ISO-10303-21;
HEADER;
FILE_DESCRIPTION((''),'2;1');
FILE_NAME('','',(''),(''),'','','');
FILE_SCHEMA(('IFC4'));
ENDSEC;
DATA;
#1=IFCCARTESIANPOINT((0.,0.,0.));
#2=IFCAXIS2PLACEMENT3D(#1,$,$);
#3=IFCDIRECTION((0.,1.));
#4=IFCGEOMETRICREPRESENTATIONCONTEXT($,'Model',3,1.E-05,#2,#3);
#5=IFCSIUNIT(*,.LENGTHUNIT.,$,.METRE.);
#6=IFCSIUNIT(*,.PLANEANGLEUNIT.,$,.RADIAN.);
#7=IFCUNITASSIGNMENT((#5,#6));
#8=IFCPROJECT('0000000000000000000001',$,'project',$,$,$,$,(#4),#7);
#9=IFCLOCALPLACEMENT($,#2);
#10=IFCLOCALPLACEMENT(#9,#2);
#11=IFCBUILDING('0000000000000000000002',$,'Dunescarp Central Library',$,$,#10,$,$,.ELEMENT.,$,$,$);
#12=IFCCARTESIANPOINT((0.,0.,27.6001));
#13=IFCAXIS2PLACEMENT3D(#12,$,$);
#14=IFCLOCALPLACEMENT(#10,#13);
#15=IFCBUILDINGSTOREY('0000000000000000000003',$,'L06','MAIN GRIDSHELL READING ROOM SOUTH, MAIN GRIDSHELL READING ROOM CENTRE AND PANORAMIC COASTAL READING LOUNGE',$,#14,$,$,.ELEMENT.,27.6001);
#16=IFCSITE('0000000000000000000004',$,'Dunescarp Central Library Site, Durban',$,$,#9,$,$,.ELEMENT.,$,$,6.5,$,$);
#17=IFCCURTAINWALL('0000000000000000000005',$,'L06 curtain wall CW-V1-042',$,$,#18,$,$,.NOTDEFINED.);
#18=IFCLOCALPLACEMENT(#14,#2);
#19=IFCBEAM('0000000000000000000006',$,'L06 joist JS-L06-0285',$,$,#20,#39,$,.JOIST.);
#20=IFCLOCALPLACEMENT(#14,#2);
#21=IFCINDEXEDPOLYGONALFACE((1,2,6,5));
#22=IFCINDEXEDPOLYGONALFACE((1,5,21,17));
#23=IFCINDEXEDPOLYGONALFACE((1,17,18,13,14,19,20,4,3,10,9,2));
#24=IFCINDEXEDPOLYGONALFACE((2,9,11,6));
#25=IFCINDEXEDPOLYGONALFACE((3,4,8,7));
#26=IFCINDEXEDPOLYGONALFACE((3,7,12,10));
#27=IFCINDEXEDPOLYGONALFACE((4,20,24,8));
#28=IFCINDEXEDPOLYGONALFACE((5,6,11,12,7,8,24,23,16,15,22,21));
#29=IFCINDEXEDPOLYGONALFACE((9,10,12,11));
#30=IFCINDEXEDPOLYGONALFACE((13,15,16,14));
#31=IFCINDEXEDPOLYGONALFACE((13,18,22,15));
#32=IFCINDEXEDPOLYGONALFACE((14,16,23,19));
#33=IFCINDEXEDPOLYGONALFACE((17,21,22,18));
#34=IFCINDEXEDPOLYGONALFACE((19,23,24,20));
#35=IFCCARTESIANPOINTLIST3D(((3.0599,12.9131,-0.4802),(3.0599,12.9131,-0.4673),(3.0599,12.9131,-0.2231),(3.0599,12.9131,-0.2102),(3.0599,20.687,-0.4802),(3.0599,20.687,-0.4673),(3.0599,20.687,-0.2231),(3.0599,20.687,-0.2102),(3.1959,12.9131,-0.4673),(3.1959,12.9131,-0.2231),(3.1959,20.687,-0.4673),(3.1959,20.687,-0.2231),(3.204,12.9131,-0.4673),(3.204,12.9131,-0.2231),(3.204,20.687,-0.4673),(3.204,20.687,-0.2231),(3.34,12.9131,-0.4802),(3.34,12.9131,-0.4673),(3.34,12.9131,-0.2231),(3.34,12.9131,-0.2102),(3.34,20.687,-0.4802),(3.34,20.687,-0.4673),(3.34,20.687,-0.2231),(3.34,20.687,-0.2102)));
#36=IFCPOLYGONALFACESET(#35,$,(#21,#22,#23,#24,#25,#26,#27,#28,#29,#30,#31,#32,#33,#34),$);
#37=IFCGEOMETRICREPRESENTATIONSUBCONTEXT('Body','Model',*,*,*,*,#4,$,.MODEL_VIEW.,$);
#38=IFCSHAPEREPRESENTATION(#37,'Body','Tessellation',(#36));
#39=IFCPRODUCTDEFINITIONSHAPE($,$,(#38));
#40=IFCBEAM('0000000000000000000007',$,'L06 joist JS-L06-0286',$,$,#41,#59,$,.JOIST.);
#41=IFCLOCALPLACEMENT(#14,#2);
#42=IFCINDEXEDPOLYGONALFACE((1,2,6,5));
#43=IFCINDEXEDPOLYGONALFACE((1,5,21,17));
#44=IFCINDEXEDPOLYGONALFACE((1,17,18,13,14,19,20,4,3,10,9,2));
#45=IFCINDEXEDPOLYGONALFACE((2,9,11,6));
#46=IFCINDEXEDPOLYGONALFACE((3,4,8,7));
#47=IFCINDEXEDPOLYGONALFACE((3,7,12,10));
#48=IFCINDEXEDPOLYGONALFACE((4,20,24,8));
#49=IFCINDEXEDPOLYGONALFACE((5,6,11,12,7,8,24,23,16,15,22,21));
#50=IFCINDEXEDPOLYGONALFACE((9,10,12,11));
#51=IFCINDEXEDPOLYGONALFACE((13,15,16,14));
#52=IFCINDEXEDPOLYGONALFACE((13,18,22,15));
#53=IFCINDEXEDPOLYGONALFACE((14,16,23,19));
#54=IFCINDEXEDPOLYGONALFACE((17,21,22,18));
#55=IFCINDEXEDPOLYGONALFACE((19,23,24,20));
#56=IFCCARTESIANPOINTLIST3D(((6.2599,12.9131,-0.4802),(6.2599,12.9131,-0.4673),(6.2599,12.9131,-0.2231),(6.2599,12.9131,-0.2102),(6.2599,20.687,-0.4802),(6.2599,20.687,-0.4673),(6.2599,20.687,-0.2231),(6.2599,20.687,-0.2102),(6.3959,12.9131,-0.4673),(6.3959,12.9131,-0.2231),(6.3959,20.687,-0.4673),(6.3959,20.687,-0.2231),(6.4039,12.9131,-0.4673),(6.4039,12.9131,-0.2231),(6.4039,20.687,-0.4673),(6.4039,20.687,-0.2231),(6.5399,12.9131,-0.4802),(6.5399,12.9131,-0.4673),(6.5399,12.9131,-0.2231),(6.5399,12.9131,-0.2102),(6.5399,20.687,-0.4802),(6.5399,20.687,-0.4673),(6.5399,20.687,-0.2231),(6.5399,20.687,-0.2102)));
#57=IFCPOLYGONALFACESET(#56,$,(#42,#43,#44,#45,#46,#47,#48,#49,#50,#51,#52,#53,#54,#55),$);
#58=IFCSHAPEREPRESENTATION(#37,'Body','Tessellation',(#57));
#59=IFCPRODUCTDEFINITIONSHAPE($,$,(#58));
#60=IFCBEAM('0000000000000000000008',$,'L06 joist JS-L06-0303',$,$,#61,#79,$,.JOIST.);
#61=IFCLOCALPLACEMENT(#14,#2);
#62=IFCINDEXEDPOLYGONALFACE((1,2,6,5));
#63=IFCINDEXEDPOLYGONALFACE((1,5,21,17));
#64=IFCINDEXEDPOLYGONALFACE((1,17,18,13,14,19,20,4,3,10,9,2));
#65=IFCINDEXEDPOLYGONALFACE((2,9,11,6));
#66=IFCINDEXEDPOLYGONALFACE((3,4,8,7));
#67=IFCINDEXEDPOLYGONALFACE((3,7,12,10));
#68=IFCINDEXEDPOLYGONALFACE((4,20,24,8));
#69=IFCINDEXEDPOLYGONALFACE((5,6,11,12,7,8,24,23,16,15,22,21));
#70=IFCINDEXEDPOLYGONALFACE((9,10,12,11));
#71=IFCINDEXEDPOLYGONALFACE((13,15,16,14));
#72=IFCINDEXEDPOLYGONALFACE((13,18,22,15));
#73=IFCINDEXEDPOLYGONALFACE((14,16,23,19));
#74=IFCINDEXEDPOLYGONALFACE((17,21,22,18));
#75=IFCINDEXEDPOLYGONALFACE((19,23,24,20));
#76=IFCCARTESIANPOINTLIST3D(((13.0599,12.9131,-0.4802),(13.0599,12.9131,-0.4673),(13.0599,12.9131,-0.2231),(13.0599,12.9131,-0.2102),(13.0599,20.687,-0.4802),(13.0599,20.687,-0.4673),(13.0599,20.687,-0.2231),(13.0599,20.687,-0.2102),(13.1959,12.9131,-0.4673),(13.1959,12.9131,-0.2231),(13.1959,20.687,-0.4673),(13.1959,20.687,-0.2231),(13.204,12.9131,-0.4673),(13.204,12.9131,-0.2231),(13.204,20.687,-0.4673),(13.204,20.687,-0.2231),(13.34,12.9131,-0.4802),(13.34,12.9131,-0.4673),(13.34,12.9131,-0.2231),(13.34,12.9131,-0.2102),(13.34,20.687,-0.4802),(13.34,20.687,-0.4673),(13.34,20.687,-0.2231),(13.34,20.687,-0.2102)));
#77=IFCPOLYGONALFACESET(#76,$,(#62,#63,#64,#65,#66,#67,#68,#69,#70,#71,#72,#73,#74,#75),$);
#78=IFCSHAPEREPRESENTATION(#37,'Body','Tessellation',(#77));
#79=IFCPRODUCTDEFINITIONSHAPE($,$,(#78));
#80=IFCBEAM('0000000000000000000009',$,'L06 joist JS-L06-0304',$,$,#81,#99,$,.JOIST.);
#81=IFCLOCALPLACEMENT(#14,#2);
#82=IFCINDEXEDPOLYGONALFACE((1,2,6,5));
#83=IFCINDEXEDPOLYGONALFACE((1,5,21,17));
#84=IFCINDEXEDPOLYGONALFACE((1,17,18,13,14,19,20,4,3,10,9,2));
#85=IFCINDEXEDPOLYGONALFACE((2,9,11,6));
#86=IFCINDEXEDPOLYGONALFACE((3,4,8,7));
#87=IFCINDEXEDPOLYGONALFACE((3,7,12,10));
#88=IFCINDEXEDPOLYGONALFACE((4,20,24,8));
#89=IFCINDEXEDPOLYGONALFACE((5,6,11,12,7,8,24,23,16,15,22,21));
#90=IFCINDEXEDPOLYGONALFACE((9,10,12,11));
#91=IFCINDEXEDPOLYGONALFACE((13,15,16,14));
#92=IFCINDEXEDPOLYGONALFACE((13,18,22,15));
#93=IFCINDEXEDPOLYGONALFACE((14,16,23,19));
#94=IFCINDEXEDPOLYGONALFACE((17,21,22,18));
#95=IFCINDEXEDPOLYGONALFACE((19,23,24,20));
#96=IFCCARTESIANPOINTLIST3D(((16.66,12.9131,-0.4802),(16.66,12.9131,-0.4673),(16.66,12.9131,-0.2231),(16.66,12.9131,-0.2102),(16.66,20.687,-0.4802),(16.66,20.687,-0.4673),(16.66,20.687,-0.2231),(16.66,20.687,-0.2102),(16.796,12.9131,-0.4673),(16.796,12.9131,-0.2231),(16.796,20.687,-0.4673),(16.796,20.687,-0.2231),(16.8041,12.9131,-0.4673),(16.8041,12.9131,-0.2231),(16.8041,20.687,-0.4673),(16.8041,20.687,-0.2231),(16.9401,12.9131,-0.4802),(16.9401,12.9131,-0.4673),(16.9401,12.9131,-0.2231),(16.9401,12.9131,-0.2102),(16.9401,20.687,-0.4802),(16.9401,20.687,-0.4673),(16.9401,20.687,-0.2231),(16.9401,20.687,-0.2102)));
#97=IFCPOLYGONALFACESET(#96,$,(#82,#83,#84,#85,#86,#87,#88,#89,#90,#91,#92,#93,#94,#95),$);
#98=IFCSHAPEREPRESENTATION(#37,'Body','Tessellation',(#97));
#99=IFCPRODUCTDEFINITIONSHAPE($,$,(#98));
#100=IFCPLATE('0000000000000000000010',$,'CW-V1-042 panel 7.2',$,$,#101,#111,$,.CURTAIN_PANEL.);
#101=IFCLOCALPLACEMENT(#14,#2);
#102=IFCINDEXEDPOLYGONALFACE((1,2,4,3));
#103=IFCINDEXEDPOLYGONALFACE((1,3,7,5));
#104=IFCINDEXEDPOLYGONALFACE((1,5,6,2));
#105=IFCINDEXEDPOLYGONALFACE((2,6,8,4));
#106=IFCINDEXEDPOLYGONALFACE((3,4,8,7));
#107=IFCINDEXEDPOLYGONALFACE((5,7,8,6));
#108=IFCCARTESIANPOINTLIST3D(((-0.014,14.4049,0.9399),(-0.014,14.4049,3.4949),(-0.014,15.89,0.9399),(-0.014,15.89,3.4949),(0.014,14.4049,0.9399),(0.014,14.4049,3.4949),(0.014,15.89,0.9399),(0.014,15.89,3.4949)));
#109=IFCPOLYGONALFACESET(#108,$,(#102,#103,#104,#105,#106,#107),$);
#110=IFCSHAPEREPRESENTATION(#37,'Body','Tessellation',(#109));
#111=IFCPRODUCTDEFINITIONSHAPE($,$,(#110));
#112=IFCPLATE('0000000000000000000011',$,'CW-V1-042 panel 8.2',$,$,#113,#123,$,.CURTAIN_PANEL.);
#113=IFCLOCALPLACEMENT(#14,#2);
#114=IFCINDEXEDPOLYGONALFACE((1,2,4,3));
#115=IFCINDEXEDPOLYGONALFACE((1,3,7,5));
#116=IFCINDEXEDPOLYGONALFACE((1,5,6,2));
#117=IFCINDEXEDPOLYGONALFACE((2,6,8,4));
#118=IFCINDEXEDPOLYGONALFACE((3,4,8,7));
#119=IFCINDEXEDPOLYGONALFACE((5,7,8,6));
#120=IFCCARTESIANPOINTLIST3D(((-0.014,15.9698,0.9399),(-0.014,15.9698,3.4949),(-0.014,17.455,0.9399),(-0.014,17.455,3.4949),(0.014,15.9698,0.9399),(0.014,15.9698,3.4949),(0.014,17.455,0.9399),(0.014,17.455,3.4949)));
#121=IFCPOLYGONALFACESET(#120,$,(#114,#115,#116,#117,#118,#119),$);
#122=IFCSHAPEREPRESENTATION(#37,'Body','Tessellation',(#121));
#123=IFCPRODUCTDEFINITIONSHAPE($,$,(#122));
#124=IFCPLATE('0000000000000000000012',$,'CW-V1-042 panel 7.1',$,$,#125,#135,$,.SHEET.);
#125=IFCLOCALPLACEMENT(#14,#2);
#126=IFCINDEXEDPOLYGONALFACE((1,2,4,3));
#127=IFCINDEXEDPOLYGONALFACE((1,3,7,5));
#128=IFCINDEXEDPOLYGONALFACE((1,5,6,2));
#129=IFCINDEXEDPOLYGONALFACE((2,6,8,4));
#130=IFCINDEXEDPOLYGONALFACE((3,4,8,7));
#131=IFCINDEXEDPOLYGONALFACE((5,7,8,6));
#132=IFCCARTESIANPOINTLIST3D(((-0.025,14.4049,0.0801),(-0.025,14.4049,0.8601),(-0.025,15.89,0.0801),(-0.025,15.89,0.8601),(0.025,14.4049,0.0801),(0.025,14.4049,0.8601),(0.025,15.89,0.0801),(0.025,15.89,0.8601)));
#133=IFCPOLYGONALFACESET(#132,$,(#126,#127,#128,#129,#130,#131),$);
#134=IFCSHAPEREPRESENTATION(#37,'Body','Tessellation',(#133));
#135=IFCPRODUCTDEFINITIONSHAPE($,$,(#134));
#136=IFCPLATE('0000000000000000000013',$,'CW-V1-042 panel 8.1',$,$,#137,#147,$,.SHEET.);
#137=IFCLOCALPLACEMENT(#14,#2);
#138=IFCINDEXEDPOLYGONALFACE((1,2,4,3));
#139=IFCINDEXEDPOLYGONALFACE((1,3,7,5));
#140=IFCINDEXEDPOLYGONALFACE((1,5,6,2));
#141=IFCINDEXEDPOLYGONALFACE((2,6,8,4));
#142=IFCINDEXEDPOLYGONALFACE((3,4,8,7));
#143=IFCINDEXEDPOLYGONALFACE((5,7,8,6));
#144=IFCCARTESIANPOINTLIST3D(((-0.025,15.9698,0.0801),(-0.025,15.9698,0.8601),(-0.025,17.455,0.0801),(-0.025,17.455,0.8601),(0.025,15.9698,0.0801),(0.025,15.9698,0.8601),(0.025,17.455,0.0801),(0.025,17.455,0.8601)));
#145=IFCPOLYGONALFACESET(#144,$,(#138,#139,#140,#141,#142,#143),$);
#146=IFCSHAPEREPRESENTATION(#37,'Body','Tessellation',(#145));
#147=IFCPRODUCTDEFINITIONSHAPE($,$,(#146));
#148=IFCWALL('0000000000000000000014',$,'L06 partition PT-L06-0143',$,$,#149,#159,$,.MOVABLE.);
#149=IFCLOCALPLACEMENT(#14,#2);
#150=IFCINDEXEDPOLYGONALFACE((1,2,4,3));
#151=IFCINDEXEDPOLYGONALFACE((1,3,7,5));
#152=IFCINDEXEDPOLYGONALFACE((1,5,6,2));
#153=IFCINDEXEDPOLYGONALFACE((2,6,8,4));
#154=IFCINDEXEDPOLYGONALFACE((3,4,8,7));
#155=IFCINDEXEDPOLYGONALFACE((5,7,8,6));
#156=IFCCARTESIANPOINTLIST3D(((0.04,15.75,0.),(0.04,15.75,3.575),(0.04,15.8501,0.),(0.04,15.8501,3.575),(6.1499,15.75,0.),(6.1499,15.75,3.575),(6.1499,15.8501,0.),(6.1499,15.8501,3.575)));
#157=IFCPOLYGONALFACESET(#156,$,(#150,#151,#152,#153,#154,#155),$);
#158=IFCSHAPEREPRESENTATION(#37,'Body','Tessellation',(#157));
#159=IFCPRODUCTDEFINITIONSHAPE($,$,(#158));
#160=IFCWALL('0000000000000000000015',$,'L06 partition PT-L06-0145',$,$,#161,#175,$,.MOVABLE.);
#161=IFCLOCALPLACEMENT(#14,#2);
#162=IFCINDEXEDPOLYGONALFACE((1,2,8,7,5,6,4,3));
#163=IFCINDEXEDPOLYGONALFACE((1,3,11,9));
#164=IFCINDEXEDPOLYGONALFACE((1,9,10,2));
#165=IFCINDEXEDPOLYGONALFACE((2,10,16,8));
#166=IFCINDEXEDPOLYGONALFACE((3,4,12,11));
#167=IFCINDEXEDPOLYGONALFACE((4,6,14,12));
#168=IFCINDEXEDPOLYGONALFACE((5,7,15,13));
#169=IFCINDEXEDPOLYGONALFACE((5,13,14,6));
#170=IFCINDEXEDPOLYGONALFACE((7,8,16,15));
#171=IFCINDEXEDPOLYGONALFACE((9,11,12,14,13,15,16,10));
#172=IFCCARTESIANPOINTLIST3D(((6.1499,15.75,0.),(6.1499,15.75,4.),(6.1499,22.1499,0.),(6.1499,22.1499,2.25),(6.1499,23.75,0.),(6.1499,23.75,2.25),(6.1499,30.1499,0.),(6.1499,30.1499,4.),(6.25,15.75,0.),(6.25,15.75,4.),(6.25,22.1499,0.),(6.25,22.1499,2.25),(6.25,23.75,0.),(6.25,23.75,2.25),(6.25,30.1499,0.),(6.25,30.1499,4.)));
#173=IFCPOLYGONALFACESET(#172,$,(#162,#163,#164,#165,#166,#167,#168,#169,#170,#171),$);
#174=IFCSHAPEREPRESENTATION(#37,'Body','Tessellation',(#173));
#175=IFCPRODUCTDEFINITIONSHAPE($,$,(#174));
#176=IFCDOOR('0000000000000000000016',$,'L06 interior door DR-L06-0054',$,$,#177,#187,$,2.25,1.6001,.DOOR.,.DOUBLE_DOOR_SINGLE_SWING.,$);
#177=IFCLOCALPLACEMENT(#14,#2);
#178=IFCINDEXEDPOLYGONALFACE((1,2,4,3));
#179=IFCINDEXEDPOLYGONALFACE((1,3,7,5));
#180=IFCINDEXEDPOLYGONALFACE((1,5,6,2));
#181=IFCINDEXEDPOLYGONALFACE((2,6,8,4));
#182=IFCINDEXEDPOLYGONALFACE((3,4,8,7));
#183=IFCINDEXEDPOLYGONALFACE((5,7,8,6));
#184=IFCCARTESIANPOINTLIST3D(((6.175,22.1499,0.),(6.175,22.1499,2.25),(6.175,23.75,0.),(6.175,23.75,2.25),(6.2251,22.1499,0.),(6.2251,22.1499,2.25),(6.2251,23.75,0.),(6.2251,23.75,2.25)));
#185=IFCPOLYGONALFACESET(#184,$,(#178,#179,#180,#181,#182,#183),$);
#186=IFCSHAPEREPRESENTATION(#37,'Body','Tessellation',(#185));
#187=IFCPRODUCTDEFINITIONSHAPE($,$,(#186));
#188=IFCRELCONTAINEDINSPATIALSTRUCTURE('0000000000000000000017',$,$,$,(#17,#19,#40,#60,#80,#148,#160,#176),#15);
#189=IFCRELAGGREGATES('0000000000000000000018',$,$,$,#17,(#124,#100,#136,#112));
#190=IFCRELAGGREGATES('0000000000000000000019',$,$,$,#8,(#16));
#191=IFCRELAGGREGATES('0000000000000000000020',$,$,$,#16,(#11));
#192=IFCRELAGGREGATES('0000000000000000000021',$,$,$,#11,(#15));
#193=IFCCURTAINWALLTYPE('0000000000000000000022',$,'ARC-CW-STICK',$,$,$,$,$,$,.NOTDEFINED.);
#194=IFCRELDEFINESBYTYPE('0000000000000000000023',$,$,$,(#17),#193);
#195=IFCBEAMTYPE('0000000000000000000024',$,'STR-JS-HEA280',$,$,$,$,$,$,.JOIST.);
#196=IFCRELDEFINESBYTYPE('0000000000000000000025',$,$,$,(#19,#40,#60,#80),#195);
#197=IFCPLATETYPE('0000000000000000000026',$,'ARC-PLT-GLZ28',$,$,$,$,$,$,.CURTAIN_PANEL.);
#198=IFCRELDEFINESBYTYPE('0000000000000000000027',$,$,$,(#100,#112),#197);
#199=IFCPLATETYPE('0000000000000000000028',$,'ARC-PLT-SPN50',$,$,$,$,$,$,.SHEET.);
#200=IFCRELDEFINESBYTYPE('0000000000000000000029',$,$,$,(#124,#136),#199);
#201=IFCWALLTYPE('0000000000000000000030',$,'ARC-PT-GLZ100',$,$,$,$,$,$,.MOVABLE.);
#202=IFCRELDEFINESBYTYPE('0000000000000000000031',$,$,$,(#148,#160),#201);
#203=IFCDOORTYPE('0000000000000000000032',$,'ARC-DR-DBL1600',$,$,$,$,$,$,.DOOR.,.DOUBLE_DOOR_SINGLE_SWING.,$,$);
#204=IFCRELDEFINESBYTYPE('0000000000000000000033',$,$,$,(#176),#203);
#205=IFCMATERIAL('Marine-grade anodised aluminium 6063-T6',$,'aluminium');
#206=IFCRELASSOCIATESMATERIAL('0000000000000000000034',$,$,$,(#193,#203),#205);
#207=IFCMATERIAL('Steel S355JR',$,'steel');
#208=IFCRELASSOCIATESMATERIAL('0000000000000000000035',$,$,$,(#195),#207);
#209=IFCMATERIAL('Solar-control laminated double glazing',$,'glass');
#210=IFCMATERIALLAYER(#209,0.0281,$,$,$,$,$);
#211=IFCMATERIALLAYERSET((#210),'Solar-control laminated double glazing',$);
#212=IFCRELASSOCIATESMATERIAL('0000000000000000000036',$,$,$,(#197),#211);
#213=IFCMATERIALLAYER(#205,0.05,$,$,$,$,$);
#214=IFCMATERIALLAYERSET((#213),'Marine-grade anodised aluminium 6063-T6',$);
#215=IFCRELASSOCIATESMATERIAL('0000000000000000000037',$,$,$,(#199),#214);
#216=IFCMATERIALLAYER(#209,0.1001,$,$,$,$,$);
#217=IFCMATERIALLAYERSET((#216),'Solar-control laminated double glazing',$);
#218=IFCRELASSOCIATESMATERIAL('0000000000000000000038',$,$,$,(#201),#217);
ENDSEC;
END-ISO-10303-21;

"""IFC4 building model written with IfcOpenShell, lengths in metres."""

from ifc_helpers import new_model, si_unit, direction, frame, frame_2d, origin, origin_2d, place, context, subcontext, project, spatial, rectangle, i_section, extrude, material, layer, layer_set, material_profile, profile_set, type_object, element, fill, aggregate, save


model = new_model("IFC4")

# Units and contexts
model_context = context("Model", 3, precision=1e-05, world=origin(), true_north=direction((0.0, 1.0)))
body_context = subcontext(model_context, "Body", "Model", "MODEL_VIEW")
ifc_project = project(units=[si_unit("LENGTHUNIT", "METRE"), si_unit("PLANEANGLEUNIT", "RADIAN")], contexts=[model_context])

# Site, building, storey
site_placement = place(None, origin())
site = spatial("IfcSite", under=ifc_project, at=site_placement, Name="Dunescarp Central Library Site, Durban", CompositionType="ELEMENT", RefElevation=6.5)
building_placement = place(site_placement, origin())
building = spatial("IfcBuilding", under=site, at=building_placement, Name="Dunescarp Central Library", CompositionType="ELEMENT")
storey_placement = place(building_placement, frame((0.0, 0.0, 27.6001)))
storey = spatial("IfcBuildingStorey", under=building, at=storey_placement, Name="L06", Description="MAIN GRIDSHELL READING ROOM SOUTH, MAIN GRIDSHELL READING ROOM CENTRE AND PANORAMIC COASTAL READING LOUNGE", CompositionType="ELEMENT", Elevation=27.6001)

# Curtain wall
ifc_material_1 = material(Name="Marine-grade anodised aluminium 6063-T6", Category="aluminium")
curtain_wall_type = type_object("IfcCurtainWallType", Name="ARC-CW-STICK", PredefinedType="NOTDEFINED", material=ifc_material_1)
curtain_wall_placement = place(storey_placement, origin())
curtain_wall = element("IfcCurtainWall", 1, at=curtain_wall_placement, inside=storey, type_object=curtain_wall_type, Name="L06 curtain wall CW-V1-042", PredefinedType="NOTDEFINED")

# Beams
ifc_material_2 = material(Name="Steel S355JR", Category="steel")
ifc_material_profile_1 = material_profile(ifc_material_2, i_section(OverallWidth=0.28, OverallDepth=0.27, WebThickness=0.0081, FlangeThickness=0.0129, at=origin_2d()), Name="HEA 280")
ifc_profile_set_1 = profile_set([ifc_material_profile_1], Name="Steel S355JR")
beam_type_1 = type_object("IfcBeamType", Name="STR-JS-HEA280", PredefinedType="JOIST", material=ifc_profile_set_1)
for number, where, z_axis, x_axis, name in (
    (2, (3.2, 12.9131, -0.3452), (0.0, 1.0, 0.0), (-1.0, 0.0, 0.0), "L06 joist JS-L06-0285"),
    (3, (6.3999, 12.9131, -0.3452), (0.0, 1.0, 0.0), (-1.0, 0.0, 0.0), "L06 joist JS-L06-0286"),
    (4, (13.2, 12.9131, -0.3452), (0.0, 1.0, 0.0), (-1.0, 0.0, 0.0), "L06 joist JS-L06-0303"),
    (5, (16.8, 12.9131, -0.3452), (0.0, 1.0, 0.0), (-1.0, 0.0, 0.0), "L06 joist JS-L06-0304"),
):
    element("IfcBeam", number, at=place(storey_placement, frame(where, z_axis=z_axis, x_axis=x_axis)), inside=storey, type_object=beam_type_1, Name=name, PredefinedType="JOIST", context=body_context, shape_type="SweptSolid", body=[
        extrude(i_section(OverallWidth=0.28, OverallDepth=0.27, WebThickness=0.0081, FlangeThickness=0.0129, at=origin_2d()), origin(), (0.0, 0.0, 1.0), 7.7739),
    ])

# Plates
ifc_material_3 = material(Name="Solar-control laminated double glazing", Category="glass")
ifc_layer_1 = layer(ifc_material_3, 0.0281)
ifc_layer_set_1 = layer_set([ifc_layer_1], Name="Solar-control laminated double glazing")
plate_type_1 = type_object("IfcPlateType", Name="ARC-PLT-GLZ28", PredefinedType="CURTAIN_PANEL", material=ifc_layer_set_1)
plate_1_placement = place(storey_placement, frame((0.0, 15.1475, 0.9399), z_axis=(0.0, 0.0, 1.0), x_axis=(0.0, 1.0, 0.0)))
plate_1 = element("IfcPlate", 6, at=plate_1_placement, type_object=plate_type_1, Name="CW-V1-042 panel 7.2", PredefinedType="CURTAIN_PANEL", context=body_context, shape_type="SweptSolid", body=[
    extrude(rectangle(XDim=1.4851, YDim=0.0281, at=origin_2d()), origin(), (0.0, 0.0, 1.0), 2.5549),
])
plate_2_placement = place(storey_placement, frame((0.0, 16.7124, 0.9399), z_axis=(0.0, 0.0, 1.0), x_axis=(0.0, 1.0, 0.0)))
plate_2 = element("IfcPlate", 7, at=plate_2_placement, type_object=plate_type_1, Name="CW-V1-042 panel 8.2", PredefinedType="CURTAIN_PANEL", context=body_context, shape_type="SweptSolid", body=[
    extrude(rectangle(XDim=1.4851, YDim=0.0281, at=origin_2d()), origin(), (0.0, 0.0, 1.0), 2.5549),
])
ifc_layer_2 = layer(ifc_material_1, 0.05)
ifc_layer_set_2 = layer_set([ifc_layer_2], Name="Marine-grade anodised aluminium 6063-T6")
plate_type_2 = type_object("IfcPlateType", Name="ARC-PLT-SPN50", PredefinedType="SHEET", material=ifc_layer_set_2)
plate_3_placement = place(storey_placement, frame((0.0, 15.1475, 0.0801), z_axis=(0.0, 0.0, 1.0), x_axis=(0.0, 1.0, 0.0)))
plate_3 = element("IfcPlate", 8, at=plate_3_placement, type_object=plate_type_2, Name="CW-V1-042 panel 7.1", PredefinedType="SHEET", context=body_context, shape_type="SweptSolid", body=[
    extrude(rectangle(XDim=1.4851, YDim=0.05, at=origin_2d()), origin(), (0.0, 0.0, 1.0), 0.78),
])
plate_4_placement = place(storey_placement, frame((0.0, 16.7124, 0.0801), z_axis=(0.0, 0.0, 1.0), x_axis=(0.0, 1.0, 0.0)))
plate_4 = element("IfcPlate", 9, at=plate_4_placement, type_object=plate_type_2, Name="CW-V1-042 panel 8.1", PredefinedType="SHEET", context=body_context, shape_type="SweptSolid", body=[
    extrude(rectangle(XDim=1.4851, YDim=0.05, at=origin_2d()), origin(), (0.0, 0.0, 1.0), 0.78),
])
aggregate(curtain_wall, [plate_3, plate_1, plate_4, plate_2])

# Wall
ifc_layer_3 = layer(ifc_material_3, 0.1001)
ifc_layer_set_3 = layer_set([ifc_layer_3], Name="Solar-control laminated double glazing")
wall_type = type_object("IfcWallType", Name="ARC-PT-GLZ100", PredefinedType="MOVABLE", material=ifc_layer_set_3)
wall_1_placement = place(storey_placement, frame((0.04, 15.8, 0.0), z_axis=(0.0, 0.0, 1.0), x_axis=(1.0, 0.0, 0.0)))
element("IfcWall", 10, at=wall_1_placement, inside=storey, type_object=wall_type, Name="L06 partition PT-L06-0143", PredefinedType="MOVABLE", context=body_context, shape_type="SweptSolid", body=[
    extrude(rectangle(XDim=6.1099, YDim=0.1001, at=frame_2d((3.0549, 0.0))), origin(), (0.0, 0.0, 1.0), 3.575),
])

# Wall, opening, door
wall_2_placement = place(storey_placement, frame((6.2, 15.75, 0.0), z_axis=(0.0, 0.0, 1.0), x_axis=(0.0, 1.0, 0.0)))
wall_2 = element("IfcWall", 11, at=wall_2_placement, inside=storey, type_object=wall_type, Name="L06 partition PT-L06-0145", PredefinedType="MOVABLE", context=body_context, shape_type="SweptSolid", body=[
    extrude(rectangle(XDim=14.3999, YDim=0.1001, at=frame_2d((7.2, 0.0))), origin(), (0.0, 0.0, 1.0), 4.0),
])
opening_placement = place(wall_2_placement, frame((6.3999, 0.0, 0.0)))
opening = element("IfcOpeningElement", 12, at=opening_placement, cuts=wall_2, PredefinedType="OPENING", context=body_context, shape_type="SweptSolid", body=[
    extrude(rectangle(XDim=1.6001, YDim=2.25, at=frame_2d((0.8, 1.125))), frame((0.0, 0.0601, 0.0), z_axis=(0.0, -1.0, 0.0), x_axis=(1.0, 0.0, 0.0)), (0.0, 0.0, 1.0), 0.1201),
])
door_type = type_object("IfcDoorType", Name="ARC-DR-DBL1600", OperationType="DOUBLE_DOOR_SINGLE_SWING", PredefinedType="DOOR", material=ifc_material_1)
door_placement = place(opening_placement, origin())
door = element("IfcDoor", 13, at=door_placement, inside=storey, type_object=door_type, Name="L06 interior door DR-L06-0054", OperationType="DOUBLE_DOOR_SINGLE_SWING", OverallHeight=2.25, OverallWidth=1.6001, PredefinedType="DOOR", context=body_context, shape_type="SweptSolid", body=[
    extrude(rectangle(XDim=1.6001, YDim=2.25, at=frame_2d((0.8, 1.125))), frame((0.0, 0.0249, 0.0), z_axis=(0.0, -1.0, 0.0), x_axis=(1.0, 0.0, 0.0)), (0.0, 0.0, 1.0), 0.05),
])
fill(opening, door)

save(model, "model.ifc")
